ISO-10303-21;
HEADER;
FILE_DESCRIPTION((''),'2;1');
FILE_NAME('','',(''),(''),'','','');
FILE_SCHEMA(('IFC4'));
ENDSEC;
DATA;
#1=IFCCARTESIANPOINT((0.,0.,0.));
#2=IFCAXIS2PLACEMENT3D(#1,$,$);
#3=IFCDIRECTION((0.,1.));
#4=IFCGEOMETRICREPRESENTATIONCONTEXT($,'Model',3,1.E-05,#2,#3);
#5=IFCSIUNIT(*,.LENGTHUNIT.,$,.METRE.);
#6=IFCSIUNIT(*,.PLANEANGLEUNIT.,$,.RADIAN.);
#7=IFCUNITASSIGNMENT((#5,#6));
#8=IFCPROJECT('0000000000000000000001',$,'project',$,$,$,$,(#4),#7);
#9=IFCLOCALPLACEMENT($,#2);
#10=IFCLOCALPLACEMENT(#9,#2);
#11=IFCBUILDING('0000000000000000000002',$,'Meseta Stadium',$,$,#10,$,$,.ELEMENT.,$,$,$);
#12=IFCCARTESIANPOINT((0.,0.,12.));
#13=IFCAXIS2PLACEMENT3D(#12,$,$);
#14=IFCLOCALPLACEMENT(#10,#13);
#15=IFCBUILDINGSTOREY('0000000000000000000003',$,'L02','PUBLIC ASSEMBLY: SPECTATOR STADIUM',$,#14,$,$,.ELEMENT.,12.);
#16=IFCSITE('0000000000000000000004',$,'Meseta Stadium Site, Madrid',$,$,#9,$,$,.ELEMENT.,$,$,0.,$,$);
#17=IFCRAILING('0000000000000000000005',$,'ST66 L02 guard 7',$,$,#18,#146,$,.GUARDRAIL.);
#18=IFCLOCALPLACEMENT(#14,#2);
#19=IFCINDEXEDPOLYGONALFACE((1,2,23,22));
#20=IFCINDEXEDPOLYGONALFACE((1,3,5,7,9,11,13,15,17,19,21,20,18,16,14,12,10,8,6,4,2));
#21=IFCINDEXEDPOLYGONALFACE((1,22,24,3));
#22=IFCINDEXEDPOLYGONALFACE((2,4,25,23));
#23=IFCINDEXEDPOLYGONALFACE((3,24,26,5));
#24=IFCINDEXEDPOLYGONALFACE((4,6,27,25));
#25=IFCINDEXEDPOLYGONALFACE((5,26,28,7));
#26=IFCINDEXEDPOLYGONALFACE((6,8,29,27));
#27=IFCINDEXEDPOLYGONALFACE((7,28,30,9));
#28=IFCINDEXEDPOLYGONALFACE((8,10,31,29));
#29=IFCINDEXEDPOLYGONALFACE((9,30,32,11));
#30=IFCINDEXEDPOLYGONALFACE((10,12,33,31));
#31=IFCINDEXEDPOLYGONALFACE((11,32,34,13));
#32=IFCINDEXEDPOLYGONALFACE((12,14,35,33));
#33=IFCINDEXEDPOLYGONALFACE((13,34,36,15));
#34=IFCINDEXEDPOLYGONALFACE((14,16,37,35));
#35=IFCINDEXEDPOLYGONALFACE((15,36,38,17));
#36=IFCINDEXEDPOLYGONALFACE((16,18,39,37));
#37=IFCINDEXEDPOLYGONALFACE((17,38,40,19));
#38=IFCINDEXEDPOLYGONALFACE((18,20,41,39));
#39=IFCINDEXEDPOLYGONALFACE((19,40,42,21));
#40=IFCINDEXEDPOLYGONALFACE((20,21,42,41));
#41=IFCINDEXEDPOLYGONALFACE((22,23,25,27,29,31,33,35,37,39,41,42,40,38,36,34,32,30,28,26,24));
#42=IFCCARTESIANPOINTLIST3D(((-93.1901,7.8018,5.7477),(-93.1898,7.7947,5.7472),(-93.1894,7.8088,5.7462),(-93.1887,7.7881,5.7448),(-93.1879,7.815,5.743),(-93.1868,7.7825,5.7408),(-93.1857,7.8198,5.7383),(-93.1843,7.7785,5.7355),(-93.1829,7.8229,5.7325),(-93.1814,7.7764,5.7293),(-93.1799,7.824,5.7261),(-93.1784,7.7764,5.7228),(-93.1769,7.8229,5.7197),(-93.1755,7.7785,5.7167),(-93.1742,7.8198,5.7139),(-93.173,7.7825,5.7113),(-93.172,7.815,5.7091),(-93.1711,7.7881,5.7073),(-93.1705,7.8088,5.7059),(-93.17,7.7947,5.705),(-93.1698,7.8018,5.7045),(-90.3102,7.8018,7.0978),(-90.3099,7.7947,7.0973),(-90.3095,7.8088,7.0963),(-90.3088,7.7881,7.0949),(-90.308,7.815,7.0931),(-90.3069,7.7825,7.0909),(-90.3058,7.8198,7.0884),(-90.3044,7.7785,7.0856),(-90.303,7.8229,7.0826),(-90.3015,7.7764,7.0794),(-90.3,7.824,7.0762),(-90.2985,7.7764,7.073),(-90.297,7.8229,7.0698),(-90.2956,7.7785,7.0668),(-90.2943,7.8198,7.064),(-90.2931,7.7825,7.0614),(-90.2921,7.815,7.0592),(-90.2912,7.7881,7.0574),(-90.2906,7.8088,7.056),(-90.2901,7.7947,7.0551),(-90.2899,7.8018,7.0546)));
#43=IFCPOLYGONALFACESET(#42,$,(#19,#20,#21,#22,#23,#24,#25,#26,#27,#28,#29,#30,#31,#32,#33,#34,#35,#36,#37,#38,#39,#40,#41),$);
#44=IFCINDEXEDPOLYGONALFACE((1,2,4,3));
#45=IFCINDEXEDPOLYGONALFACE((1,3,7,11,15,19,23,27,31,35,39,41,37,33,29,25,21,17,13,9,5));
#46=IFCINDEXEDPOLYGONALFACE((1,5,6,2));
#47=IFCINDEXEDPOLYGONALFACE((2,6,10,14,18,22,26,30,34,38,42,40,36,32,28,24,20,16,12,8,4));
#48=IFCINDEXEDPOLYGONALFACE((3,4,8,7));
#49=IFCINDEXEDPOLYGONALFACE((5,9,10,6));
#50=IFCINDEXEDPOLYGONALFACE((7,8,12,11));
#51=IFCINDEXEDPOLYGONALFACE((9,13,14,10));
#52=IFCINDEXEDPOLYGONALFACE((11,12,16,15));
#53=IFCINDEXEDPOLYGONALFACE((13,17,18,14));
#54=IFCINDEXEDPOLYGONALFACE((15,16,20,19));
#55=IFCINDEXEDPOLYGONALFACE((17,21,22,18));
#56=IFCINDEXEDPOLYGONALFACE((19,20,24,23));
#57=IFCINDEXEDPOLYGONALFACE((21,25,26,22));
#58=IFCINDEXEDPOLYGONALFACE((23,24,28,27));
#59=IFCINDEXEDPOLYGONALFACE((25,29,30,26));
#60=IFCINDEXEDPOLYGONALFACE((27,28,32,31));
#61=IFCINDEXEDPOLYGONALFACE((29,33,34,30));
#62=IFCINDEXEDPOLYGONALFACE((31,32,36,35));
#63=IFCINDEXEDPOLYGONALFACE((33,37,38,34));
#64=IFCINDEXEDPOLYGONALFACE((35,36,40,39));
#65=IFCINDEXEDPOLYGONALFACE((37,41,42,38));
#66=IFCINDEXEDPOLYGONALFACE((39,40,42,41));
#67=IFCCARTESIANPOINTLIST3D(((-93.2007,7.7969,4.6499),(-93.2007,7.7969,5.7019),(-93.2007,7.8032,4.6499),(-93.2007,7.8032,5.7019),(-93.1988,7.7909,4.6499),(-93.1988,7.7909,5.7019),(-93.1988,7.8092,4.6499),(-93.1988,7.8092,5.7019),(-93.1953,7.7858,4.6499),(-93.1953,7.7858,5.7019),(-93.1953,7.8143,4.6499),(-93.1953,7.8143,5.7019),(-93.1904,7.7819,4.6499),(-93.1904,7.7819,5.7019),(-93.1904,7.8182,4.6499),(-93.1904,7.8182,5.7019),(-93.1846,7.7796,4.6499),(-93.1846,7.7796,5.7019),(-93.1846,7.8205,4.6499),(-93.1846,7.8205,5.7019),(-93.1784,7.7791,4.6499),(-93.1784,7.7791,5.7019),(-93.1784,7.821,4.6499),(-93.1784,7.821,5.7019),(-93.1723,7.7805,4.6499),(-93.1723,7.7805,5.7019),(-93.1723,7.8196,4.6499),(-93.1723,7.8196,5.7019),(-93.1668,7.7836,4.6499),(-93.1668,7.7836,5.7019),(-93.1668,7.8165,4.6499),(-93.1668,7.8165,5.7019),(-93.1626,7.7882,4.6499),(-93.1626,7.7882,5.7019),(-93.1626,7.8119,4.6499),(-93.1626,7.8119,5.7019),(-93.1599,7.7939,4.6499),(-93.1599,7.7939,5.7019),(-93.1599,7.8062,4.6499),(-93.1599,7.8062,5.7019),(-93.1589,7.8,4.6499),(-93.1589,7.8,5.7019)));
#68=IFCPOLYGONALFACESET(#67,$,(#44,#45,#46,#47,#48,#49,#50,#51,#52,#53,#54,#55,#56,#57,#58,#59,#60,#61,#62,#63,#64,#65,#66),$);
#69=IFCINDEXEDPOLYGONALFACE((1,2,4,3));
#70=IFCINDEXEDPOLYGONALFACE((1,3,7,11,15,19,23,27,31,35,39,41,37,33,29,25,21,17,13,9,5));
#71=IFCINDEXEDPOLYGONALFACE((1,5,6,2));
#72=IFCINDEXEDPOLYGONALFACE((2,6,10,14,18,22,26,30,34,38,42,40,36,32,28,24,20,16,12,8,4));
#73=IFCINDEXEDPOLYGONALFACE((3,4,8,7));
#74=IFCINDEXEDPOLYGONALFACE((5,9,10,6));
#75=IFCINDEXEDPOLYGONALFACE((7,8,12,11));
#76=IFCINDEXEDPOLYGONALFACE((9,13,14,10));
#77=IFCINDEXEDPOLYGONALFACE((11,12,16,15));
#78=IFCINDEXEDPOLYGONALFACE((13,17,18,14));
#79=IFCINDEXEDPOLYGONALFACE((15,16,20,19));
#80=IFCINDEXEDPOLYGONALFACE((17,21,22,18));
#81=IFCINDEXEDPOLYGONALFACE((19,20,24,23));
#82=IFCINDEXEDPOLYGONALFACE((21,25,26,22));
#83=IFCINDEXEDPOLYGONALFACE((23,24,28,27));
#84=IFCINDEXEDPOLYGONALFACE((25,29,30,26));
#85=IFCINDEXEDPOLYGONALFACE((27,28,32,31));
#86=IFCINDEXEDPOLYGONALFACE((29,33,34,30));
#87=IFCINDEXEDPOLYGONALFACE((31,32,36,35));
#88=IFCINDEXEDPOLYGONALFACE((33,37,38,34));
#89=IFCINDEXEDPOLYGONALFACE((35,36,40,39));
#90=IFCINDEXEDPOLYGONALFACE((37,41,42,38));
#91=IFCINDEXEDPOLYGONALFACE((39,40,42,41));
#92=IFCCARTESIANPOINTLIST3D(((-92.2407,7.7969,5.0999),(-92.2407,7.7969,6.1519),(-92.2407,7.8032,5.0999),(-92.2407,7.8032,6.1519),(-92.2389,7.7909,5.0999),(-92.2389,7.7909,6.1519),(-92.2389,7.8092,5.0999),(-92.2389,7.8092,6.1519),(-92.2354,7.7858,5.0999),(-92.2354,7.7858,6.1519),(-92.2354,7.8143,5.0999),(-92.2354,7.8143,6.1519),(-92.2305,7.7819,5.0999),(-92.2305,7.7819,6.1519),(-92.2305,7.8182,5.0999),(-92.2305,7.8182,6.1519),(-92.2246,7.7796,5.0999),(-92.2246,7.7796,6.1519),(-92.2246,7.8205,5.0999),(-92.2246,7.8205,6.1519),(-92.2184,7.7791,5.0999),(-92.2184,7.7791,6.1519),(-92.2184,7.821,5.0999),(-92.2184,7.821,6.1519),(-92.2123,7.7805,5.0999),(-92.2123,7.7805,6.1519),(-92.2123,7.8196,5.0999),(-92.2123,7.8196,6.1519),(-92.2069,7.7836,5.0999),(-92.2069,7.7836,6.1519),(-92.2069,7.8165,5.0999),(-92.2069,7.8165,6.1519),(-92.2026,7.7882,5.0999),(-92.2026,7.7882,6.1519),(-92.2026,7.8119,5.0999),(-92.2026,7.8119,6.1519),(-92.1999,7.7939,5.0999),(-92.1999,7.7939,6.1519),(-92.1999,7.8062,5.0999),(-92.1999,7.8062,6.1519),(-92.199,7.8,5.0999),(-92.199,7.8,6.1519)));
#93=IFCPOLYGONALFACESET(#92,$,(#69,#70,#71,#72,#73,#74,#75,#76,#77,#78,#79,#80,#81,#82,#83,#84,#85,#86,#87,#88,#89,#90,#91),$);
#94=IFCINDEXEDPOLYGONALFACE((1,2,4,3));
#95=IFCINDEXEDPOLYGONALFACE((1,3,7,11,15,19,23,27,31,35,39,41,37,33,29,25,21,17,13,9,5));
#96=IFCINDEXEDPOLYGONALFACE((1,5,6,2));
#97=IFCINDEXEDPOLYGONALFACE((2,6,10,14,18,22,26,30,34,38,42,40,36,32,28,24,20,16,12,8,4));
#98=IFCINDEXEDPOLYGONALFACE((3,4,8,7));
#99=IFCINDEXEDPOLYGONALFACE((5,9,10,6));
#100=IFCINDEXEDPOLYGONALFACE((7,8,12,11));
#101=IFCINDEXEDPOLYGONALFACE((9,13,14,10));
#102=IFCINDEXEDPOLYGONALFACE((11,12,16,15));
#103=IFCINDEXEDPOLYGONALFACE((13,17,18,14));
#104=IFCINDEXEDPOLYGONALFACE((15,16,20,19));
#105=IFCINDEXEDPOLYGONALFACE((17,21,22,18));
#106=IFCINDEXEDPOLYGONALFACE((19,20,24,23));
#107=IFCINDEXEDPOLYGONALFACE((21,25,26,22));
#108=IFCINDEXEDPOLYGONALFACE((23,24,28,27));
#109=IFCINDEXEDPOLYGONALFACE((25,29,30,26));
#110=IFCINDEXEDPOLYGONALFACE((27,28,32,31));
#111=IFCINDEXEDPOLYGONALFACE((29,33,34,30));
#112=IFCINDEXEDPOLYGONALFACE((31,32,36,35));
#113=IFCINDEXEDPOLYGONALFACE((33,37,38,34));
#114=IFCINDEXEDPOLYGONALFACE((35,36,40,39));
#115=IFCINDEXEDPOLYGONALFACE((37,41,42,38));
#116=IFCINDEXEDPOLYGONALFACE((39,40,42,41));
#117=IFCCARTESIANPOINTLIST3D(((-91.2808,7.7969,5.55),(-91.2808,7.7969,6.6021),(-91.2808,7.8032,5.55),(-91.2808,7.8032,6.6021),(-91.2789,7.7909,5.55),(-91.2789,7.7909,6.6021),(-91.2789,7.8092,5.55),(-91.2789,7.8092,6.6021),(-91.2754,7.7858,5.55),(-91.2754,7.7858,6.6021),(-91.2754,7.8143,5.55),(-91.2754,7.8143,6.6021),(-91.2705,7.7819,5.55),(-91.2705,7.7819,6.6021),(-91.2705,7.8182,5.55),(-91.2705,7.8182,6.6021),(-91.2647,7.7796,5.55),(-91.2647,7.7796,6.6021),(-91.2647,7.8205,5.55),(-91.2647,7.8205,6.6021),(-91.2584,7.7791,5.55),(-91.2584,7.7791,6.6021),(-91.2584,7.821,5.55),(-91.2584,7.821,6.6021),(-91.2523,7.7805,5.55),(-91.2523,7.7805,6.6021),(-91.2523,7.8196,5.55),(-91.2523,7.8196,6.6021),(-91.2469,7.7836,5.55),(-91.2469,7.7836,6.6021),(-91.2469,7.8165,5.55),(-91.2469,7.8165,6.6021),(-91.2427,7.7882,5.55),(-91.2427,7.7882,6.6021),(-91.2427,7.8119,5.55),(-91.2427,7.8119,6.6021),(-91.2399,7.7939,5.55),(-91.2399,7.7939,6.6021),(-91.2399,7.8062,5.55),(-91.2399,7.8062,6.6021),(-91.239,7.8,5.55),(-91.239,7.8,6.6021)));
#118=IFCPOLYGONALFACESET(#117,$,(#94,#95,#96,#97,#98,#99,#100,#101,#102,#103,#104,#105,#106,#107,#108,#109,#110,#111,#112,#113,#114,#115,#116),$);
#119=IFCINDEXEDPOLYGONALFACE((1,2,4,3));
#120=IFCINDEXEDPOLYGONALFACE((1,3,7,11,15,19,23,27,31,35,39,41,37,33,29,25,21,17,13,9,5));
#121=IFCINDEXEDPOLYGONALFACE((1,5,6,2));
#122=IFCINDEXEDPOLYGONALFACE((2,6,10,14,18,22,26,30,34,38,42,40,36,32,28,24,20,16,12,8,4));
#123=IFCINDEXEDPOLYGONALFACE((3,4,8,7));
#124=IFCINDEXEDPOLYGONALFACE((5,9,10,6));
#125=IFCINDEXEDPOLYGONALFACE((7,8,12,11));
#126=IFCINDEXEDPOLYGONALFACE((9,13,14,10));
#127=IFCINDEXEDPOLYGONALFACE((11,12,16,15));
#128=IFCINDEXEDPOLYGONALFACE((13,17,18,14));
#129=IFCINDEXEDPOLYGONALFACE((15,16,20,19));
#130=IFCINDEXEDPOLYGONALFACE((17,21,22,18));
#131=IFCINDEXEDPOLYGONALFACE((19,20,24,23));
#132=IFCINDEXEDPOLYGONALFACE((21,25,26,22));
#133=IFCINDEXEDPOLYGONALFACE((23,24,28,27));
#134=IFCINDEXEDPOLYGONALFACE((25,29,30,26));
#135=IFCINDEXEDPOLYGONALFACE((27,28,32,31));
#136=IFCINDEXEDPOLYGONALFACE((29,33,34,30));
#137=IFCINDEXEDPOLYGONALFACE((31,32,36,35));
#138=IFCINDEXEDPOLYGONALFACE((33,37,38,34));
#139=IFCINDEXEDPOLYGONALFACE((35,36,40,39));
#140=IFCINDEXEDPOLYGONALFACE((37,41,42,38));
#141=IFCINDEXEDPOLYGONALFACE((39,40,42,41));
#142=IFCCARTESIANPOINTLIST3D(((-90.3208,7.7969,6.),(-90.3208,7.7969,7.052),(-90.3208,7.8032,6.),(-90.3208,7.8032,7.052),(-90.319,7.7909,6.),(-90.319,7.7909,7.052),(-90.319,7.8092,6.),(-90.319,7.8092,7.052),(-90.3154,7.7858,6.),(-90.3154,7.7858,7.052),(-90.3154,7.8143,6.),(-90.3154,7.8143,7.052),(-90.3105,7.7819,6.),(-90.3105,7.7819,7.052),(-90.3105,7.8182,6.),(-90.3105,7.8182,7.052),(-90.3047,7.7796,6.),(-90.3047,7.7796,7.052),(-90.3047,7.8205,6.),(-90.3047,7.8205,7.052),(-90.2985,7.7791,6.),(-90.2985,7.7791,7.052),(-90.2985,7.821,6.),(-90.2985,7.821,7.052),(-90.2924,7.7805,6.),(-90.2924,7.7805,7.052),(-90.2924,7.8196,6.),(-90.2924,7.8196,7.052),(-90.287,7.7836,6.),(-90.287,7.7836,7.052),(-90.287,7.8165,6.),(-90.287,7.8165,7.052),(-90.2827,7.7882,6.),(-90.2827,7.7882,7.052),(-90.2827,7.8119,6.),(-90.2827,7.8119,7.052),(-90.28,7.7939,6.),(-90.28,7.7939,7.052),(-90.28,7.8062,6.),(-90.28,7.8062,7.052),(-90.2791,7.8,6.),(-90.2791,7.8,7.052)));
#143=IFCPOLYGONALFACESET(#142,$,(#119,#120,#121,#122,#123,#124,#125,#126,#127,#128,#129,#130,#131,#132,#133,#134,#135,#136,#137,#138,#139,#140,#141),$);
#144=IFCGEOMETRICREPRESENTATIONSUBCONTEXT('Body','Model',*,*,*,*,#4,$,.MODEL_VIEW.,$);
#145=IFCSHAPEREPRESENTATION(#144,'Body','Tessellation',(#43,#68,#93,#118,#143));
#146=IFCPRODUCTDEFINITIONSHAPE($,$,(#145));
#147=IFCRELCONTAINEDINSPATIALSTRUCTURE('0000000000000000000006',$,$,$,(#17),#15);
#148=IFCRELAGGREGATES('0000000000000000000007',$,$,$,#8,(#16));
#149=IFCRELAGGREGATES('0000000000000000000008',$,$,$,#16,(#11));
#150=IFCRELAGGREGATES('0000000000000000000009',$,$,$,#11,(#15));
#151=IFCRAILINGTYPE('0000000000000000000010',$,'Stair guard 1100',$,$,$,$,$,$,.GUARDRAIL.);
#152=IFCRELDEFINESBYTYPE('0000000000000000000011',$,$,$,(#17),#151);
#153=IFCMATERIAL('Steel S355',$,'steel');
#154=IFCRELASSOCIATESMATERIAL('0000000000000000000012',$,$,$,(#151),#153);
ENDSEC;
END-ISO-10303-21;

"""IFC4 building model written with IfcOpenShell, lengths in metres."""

from ifc_helpers import new_model, si_unit, direction, frame, origin, origin_2d, place, context, subcontext, project, spatial, circle, extrude, material, type_object, element, save


model = new_model("IFC4")

# Units and contexts
model_context = context("Model", 3, precision=1e-05, world=origin(), true_north=direction((0.0, 1.0)))
body_context = subcontext(model_context, "Body", "Model", "MODEL_VIEW")
ifc_project = project(units=[si_unit("LENGTHUNIT", "METRE"), si_unit("PLANEANGLEUNIT", "RADIAN")], contexts=[model_context])

# Site, building, storey
site_placement = place(None, origin())
site = spatial("IfcSite", under=ifc_project, at=site_placement, Name="Meseta Stadium Site, Madrid", CompositionType="ELEMENT", RefElevation=0.0)
building_placement = place(site_placement, origin())
building = spatial("IfcBuilding", under=site, at=building_placement, Name="Meseta Stadium", CompositionType="ELEMENT")
storey_placement = place(building_placement, frame((0.0, 0.0, 12.0)))
storey = spatial("IfcBuildingStorey", under=building, at=storey_placement, Name="L02", Description="PUBLIC ASSEMBLY: SPECTATOR STADIUM", CompositionType="ELEMENT", Elevation=12.0)

# Railing
ifc_material_1 = material(Name="Steel S355", Category="steel")
railing_type_1 = type_object("IfcRailingType", Name="Stair guard 1100", PredefinedType="GUARDRAIL", material=ifc_material_1)
railing_1_placement = place(storey_placement, frame((-93.1799, 7.8, 4.6499)))
element("IfcRailing", 1, at=railing_1_placement, inside=storey, type_object=railing_type_1, Name="ST66 L02 guard 7", PredefinedType="GUARDRAIL", context=body_context, shape_type="SweptSolid", body=[
    extrude(circle(Radius=0.0239, at=origin_2d()), frame((0.0, 0.0, 1.0762), z_axis=(0.90544, 0.0, 0.424473), x_axis=(0.0, 1.0, 0.0)), (0.0, 0.0, 1.0), 3.1807),
    extrude(circle(Radius=0.021, at=origin_2d()), origin(), (0.0, 0.0, 1.0), 1.052),
    extrude(circle(Radius=0.021, at=origin_2d()), frame((0.96, 0.0, 0.45)), (0.0, 0.0, 1.0), 1.052),
    extrude(circle(Radius=0.021, at=origin_2d()), frame((1.9199, 0.0, 0.9001)), (0.0, 0.0, 1.0), 1.052),
    extrude(circle(Radius=0.021, at=origin_2d()), frame((2.8799, 0.0, 1.3501)), (0.0, 0.0, 1.0), 1.052),
])

save(model, "model.ifc")
